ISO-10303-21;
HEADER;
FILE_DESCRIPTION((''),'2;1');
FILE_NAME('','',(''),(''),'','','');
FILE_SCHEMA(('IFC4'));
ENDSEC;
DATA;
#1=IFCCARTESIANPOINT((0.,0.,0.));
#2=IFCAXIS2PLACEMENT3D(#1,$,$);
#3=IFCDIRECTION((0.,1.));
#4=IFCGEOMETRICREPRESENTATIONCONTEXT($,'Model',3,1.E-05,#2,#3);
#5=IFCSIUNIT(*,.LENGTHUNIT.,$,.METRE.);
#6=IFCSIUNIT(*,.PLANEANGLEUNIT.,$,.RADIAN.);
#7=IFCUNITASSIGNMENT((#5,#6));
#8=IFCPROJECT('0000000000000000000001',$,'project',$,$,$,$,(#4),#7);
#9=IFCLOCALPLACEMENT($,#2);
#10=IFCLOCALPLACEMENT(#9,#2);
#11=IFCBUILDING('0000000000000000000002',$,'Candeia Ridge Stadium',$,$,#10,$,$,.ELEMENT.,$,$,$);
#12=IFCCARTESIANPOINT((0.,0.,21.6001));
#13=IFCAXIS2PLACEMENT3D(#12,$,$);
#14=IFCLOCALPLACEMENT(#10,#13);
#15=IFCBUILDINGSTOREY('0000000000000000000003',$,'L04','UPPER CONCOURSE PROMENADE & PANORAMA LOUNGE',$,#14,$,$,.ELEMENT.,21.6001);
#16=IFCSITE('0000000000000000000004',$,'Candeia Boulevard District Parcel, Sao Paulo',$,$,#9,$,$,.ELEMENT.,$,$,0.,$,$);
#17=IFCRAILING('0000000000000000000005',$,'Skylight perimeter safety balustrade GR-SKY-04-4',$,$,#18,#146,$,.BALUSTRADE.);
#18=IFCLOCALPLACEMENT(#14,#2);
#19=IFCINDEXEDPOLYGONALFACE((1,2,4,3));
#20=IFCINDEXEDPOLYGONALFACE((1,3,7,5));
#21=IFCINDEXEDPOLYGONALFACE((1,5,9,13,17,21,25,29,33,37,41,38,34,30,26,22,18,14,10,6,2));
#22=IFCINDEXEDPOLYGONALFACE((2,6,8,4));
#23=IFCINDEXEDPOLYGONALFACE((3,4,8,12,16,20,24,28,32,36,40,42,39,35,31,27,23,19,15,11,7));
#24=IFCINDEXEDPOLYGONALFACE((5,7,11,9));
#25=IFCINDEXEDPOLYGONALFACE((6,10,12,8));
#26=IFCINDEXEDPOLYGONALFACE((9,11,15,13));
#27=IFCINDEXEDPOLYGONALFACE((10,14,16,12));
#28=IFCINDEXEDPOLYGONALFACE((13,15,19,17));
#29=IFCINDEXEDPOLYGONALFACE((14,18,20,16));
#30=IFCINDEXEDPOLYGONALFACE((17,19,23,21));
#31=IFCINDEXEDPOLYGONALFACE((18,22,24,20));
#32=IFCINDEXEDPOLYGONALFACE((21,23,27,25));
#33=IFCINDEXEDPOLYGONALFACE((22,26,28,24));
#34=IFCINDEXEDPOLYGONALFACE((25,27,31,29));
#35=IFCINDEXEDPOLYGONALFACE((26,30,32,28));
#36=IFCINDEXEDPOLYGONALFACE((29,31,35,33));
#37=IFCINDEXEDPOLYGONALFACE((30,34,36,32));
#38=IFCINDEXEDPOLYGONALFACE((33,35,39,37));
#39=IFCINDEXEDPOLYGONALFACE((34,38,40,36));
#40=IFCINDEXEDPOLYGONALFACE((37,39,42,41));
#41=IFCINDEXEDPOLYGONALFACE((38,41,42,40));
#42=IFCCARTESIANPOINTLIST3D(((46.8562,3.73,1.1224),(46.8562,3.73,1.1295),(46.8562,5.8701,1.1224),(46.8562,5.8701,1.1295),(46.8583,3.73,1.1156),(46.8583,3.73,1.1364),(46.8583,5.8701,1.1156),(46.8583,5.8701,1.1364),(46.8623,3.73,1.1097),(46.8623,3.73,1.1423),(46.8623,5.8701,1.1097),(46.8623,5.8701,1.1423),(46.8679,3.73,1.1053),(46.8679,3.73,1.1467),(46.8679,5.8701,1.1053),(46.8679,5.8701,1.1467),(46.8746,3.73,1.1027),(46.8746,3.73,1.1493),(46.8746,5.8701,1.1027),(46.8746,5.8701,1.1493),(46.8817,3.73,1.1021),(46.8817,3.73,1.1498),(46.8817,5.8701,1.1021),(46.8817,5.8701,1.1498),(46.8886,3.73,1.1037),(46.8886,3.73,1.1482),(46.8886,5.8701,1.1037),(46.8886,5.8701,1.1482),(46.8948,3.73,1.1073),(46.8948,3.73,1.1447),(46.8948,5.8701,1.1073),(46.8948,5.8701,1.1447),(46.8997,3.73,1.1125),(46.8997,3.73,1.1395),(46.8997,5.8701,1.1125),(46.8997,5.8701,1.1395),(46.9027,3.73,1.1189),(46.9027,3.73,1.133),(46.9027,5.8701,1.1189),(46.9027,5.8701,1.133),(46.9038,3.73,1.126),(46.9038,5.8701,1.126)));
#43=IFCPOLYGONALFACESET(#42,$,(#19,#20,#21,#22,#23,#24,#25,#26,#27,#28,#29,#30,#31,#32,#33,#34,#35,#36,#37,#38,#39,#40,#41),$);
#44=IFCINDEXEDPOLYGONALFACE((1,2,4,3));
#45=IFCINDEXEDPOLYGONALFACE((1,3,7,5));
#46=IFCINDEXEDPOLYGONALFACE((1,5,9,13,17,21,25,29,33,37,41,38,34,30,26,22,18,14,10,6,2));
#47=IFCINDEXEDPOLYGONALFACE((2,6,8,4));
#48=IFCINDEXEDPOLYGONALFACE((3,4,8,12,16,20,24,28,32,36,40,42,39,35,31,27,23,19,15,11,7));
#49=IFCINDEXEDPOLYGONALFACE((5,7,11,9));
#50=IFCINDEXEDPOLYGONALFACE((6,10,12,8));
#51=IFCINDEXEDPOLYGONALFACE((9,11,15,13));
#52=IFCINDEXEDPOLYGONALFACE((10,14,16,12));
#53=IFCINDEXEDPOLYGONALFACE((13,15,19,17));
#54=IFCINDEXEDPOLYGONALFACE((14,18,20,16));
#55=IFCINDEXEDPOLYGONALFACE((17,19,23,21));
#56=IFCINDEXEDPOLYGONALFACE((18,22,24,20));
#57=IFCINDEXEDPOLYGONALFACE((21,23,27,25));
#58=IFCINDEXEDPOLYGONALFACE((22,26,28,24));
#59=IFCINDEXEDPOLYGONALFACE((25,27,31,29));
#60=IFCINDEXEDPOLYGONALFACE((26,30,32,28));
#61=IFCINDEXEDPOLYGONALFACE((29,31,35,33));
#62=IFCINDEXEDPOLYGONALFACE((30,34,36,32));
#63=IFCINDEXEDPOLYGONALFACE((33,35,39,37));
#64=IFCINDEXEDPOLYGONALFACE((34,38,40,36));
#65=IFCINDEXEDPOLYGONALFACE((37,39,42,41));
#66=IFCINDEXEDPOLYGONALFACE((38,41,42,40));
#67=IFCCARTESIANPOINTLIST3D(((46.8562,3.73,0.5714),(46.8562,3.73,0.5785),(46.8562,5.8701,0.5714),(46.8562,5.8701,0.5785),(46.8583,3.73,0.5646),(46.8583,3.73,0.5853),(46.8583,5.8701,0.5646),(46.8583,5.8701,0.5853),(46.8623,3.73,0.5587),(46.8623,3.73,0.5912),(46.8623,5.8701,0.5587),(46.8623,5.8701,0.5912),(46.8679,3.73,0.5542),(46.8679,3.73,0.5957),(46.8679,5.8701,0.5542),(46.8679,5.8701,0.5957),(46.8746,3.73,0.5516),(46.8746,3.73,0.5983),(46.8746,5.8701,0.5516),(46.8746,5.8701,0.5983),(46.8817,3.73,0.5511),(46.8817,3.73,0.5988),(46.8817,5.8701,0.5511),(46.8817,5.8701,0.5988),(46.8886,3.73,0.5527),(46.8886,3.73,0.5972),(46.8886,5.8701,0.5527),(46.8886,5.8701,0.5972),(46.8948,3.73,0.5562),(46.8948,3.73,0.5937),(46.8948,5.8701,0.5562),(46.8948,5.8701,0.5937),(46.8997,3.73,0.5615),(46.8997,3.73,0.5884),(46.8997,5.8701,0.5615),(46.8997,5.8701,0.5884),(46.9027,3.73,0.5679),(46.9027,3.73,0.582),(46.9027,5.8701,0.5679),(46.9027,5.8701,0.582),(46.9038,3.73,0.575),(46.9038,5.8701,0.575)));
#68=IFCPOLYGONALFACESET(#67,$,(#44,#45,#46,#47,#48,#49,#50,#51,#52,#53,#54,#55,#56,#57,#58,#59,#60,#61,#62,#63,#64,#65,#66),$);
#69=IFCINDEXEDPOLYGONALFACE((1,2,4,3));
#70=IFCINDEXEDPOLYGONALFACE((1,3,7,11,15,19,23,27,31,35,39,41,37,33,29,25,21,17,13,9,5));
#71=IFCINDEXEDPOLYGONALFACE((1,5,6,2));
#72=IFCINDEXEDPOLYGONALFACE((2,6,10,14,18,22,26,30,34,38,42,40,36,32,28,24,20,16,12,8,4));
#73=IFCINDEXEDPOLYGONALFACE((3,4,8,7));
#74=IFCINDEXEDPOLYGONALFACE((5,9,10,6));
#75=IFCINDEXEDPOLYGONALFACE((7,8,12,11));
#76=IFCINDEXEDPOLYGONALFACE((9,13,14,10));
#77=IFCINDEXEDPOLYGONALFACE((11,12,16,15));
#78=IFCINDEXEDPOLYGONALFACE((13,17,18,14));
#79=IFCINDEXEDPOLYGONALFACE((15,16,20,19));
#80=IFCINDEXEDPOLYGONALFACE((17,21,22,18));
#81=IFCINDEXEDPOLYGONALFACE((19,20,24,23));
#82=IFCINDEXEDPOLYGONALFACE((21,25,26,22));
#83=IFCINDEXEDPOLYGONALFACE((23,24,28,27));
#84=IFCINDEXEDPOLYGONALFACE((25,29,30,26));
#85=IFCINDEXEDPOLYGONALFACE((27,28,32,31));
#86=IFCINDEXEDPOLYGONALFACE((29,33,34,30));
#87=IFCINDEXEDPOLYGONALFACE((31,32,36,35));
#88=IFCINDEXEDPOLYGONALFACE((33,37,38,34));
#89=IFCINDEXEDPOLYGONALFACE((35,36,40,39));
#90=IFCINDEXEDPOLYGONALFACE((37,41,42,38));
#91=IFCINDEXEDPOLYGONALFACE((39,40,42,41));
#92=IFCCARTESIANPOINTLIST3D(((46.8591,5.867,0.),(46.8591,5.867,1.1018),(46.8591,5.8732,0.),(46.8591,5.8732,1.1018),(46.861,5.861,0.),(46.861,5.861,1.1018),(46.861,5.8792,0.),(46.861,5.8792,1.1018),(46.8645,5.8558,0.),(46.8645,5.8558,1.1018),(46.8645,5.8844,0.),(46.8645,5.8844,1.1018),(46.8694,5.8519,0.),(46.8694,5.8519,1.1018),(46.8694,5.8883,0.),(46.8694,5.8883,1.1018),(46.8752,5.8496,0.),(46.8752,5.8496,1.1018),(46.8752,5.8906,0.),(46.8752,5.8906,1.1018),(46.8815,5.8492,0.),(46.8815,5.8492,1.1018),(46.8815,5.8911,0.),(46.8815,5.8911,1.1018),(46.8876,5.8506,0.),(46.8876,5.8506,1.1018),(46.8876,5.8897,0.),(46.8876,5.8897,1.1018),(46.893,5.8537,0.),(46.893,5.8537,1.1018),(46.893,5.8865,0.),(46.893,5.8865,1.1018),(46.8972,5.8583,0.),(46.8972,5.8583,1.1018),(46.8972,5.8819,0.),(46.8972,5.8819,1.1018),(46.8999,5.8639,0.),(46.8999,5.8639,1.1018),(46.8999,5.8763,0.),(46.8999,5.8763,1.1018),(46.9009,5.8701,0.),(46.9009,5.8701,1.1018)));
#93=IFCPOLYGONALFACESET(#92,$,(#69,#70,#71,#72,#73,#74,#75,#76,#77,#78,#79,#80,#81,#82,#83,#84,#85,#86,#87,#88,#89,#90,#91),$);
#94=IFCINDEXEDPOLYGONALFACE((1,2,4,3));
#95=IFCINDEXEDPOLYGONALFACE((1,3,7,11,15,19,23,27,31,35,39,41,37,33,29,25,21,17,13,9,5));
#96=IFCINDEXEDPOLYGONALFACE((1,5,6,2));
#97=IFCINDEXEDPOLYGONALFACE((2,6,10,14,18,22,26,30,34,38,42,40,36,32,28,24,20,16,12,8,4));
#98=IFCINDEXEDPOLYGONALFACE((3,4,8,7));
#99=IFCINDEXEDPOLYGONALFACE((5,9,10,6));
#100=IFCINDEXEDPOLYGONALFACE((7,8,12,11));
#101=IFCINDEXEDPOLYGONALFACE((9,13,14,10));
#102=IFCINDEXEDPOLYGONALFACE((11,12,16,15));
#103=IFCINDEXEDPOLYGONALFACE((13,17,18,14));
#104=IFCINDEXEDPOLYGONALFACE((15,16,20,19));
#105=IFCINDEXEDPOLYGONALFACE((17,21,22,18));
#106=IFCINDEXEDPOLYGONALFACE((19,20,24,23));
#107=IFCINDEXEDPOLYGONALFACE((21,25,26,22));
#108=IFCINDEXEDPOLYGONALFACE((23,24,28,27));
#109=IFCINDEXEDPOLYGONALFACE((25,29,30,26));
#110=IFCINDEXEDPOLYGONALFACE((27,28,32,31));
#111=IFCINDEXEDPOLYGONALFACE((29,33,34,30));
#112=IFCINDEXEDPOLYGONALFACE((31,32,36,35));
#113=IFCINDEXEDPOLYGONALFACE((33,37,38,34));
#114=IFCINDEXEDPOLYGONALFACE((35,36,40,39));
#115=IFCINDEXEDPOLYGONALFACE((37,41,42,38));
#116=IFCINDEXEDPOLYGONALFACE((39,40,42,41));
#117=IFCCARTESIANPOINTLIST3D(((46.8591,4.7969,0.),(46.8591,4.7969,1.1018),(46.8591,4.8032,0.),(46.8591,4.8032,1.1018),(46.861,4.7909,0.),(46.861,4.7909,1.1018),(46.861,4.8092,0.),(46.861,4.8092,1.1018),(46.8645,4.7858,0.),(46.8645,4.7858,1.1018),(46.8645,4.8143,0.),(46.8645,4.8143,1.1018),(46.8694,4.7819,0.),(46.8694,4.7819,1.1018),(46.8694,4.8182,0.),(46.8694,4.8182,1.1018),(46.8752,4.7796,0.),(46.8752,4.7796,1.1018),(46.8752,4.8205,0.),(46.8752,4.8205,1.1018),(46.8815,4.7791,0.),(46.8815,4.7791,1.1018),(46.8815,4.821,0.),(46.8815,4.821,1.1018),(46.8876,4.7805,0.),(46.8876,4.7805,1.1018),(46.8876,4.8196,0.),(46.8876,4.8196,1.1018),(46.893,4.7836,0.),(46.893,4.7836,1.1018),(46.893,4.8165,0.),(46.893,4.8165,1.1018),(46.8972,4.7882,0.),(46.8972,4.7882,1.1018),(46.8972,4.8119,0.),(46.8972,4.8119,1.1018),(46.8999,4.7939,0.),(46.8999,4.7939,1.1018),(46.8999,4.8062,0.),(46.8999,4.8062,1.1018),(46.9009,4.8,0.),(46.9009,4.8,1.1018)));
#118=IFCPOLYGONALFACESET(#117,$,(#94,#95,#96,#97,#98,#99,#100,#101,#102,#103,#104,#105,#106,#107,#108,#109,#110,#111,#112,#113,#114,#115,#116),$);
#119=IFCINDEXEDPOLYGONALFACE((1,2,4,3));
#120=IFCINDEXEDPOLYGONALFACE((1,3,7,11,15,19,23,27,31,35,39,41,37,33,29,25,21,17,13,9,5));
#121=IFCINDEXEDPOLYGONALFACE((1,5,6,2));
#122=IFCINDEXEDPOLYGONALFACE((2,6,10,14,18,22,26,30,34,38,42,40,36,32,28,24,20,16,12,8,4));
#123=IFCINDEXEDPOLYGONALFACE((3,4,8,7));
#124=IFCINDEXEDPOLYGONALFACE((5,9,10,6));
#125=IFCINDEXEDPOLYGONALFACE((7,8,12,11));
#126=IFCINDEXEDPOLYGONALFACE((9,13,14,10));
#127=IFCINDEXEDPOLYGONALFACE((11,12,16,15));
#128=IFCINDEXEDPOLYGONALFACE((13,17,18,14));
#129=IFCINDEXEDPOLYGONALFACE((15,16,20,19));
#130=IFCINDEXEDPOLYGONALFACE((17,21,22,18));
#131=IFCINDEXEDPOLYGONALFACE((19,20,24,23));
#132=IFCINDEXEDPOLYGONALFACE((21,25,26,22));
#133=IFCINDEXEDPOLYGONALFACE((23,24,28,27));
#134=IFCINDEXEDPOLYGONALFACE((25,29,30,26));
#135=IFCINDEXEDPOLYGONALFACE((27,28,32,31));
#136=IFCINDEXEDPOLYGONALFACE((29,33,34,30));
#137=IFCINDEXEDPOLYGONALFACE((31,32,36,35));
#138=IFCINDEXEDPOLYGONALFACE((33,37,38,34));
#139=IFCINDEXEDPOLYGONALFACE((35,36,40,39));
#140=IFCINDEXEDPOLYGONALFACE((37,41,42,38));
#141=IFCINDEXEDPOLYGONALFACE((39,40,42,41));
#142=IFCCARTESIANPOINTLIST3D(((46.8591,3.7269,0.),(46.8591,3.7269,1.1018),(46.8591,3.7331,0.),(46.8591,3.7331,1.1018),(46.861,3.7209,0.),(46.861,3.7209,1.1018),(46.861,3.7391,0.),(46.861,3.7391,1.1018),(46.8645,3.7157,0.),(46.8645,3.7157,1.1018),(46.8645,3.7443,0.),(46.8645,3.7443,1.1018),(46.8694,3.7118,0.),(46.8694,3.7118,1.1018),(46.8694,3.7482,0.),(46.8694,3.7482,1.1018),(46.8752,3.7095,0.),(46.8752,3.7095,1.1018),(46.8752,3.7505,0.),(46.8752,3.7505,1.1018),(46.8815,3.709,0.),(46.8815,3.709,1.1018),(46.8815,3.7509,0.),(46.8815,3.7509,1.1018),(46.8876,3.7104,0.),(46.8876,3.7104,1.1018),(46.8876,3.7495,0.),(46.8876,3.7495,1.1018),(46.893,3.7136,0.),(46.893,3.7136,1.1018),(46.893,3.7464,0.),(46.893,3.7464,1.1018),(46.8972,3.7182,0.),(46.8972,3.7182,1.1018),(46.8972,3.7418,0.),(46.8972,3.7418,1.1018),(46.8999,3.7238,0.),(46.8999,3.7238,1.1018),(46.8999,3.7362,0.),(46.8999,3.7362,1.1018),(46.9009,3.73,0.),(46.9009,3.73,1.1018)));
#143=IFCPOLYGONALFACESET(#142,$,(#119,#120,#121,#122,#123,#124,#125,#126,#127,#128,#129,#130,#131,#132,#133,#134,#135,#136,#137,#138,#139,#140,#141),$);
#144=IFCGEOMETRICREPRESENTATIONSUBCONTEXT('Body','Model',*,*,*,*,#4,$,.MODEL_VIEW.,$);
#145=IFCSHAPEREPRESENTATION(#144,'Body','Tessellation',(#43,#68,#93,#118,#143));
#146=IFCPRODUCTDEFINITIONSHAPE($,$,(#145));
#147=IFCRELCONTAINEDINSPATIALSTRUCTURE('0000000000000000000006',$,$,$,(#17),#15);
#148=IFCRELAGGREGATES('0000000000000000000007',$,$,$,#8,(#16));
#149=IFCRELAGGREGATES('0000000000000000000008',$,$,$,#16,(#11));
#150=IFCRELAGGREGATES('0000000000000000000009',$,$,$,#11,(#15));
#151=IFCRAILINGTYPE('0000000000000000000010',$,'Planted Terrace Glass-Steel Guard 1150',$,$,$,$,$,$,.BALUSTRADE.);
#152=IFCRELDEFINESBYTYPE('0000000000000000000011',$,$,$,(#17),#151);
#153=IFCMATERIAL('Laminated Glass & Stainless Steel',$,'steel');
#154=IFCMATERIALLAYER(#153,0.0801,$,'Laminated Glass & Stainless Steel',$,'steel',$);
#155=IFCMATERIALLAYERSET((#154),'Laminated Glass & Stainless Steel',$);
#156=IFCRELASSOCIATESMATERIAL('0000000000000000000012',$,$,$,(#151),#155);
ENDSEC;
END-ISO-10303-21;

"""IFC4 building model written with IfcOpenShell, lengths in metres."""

from ifc_helpers import new_model, si_unit, direction, frame, origin, origin_2d, place, context, subcontext, project, spatial, circle, extrude, material, layer, layer_set, type_object, element, save


model = new_model("IFC4")

# Units and contexts
model_context = context("Model", 3, precision=1e-05, world=origin(), true_north=direction((0.0, 1.0)))
body_context = subcontext(model_context, "Body", "Model", "MODEL_VIEW")
ifc_project = project(units=[si_unit("LENGTHUNIT", "METRE"), si_unit("PLANEANGLEUNIT", "RADIAN")], contexts=[model_context])

# Site, building, storey
site_placement = place(None, origin())
site = spatial("IfcSite", under=ifc_project, at=site_placement, Name="Candeia Boulevard District Parcel, Sao Paulo", CompositionType="ELEMENT", RefElevation=0.0)
building_placement = place(site_placement, origin())
building = spatial("IfcBuilding", under=site, at=building_placement, Name="Candeia Ridge Stadium", CompositionType="ELEMENT")
storey_placement = place(building_placement, frame((0.0, 0.0, 21.6001)))
storey = spatial("IfcBuildingStorey", under=building, at=storey_placement, Name="L04", Description="UPPER CONCOURSE PROMENADE & PANORAMA LOUNGE", CompositionType="ELEMENT", Elevation=21.6001)

# Railing
ifc_material_1 = material(Name="Laminated Glass & Stainless Steel", Category="steel")
ifc_layer_1 = layer(ifc_material_1, 0.0801, Name="Laminated Glass & Stainless Steel", Category="steel")
ifc_layer_set_1 = layer_set([ifc_layer_1], Name="Laminated Glass & Stainless Steel")
railing_type_1 = type_object("IfcRailingType", Name="Planted Terrace Glass-Steel Guard 1150", PredefinedType="BALUSTRADE", material=ifc_layer_set_1)
railing_1_placement = place(storey_placement, frame((46.8799, 5.8701, 0.0)))
element("IfcRailing", 1, at=railing_1_placement, inside=storey, type_object=railing_type_1, Name="Skylight perimeter safety balustrade GR-SKY-04-4", PredefinedType="BALUSTRADE", context=body_context, shape_type="SweptSolid", body=[
    extrude(circle(Radius=0.0239, at=origin_2d()), frame((0.0, 0.0, 1.126), z_axis=(0.0, -1.0, 0.0), x_axis=(1.0, 0.0, 0.0)), (0.0, 0.0, 1.0), 2.1401),
    extrude(circle(Radius=0.0239, at=origin_2d()), frame((0.0, 0.0, 0.575), z_axis=(0.0, -1.0, 0.0), x_axis=(1.0, 0.0, 0.0)), (0.0, 0.0, 1.0), 2.1401),
    extrude(circle(Radius=0.021, at=origin_2d()), origin(), (0.0, 0.0, 1.0), 1.1018),
    extrude(circle(Radius=0.021, at=origin_2d()), frame((0.0, -1.0701, 0.0)), (0.0, 0.0, 1.0), 1.1018),
    extrude(circle(Radius=0.021, at=origin_2d()), frame((0.0, -2.1401, 0.0)), (0.0, 0.0, 1.0), 1.1018),
])

save(model, "model.ifc")
